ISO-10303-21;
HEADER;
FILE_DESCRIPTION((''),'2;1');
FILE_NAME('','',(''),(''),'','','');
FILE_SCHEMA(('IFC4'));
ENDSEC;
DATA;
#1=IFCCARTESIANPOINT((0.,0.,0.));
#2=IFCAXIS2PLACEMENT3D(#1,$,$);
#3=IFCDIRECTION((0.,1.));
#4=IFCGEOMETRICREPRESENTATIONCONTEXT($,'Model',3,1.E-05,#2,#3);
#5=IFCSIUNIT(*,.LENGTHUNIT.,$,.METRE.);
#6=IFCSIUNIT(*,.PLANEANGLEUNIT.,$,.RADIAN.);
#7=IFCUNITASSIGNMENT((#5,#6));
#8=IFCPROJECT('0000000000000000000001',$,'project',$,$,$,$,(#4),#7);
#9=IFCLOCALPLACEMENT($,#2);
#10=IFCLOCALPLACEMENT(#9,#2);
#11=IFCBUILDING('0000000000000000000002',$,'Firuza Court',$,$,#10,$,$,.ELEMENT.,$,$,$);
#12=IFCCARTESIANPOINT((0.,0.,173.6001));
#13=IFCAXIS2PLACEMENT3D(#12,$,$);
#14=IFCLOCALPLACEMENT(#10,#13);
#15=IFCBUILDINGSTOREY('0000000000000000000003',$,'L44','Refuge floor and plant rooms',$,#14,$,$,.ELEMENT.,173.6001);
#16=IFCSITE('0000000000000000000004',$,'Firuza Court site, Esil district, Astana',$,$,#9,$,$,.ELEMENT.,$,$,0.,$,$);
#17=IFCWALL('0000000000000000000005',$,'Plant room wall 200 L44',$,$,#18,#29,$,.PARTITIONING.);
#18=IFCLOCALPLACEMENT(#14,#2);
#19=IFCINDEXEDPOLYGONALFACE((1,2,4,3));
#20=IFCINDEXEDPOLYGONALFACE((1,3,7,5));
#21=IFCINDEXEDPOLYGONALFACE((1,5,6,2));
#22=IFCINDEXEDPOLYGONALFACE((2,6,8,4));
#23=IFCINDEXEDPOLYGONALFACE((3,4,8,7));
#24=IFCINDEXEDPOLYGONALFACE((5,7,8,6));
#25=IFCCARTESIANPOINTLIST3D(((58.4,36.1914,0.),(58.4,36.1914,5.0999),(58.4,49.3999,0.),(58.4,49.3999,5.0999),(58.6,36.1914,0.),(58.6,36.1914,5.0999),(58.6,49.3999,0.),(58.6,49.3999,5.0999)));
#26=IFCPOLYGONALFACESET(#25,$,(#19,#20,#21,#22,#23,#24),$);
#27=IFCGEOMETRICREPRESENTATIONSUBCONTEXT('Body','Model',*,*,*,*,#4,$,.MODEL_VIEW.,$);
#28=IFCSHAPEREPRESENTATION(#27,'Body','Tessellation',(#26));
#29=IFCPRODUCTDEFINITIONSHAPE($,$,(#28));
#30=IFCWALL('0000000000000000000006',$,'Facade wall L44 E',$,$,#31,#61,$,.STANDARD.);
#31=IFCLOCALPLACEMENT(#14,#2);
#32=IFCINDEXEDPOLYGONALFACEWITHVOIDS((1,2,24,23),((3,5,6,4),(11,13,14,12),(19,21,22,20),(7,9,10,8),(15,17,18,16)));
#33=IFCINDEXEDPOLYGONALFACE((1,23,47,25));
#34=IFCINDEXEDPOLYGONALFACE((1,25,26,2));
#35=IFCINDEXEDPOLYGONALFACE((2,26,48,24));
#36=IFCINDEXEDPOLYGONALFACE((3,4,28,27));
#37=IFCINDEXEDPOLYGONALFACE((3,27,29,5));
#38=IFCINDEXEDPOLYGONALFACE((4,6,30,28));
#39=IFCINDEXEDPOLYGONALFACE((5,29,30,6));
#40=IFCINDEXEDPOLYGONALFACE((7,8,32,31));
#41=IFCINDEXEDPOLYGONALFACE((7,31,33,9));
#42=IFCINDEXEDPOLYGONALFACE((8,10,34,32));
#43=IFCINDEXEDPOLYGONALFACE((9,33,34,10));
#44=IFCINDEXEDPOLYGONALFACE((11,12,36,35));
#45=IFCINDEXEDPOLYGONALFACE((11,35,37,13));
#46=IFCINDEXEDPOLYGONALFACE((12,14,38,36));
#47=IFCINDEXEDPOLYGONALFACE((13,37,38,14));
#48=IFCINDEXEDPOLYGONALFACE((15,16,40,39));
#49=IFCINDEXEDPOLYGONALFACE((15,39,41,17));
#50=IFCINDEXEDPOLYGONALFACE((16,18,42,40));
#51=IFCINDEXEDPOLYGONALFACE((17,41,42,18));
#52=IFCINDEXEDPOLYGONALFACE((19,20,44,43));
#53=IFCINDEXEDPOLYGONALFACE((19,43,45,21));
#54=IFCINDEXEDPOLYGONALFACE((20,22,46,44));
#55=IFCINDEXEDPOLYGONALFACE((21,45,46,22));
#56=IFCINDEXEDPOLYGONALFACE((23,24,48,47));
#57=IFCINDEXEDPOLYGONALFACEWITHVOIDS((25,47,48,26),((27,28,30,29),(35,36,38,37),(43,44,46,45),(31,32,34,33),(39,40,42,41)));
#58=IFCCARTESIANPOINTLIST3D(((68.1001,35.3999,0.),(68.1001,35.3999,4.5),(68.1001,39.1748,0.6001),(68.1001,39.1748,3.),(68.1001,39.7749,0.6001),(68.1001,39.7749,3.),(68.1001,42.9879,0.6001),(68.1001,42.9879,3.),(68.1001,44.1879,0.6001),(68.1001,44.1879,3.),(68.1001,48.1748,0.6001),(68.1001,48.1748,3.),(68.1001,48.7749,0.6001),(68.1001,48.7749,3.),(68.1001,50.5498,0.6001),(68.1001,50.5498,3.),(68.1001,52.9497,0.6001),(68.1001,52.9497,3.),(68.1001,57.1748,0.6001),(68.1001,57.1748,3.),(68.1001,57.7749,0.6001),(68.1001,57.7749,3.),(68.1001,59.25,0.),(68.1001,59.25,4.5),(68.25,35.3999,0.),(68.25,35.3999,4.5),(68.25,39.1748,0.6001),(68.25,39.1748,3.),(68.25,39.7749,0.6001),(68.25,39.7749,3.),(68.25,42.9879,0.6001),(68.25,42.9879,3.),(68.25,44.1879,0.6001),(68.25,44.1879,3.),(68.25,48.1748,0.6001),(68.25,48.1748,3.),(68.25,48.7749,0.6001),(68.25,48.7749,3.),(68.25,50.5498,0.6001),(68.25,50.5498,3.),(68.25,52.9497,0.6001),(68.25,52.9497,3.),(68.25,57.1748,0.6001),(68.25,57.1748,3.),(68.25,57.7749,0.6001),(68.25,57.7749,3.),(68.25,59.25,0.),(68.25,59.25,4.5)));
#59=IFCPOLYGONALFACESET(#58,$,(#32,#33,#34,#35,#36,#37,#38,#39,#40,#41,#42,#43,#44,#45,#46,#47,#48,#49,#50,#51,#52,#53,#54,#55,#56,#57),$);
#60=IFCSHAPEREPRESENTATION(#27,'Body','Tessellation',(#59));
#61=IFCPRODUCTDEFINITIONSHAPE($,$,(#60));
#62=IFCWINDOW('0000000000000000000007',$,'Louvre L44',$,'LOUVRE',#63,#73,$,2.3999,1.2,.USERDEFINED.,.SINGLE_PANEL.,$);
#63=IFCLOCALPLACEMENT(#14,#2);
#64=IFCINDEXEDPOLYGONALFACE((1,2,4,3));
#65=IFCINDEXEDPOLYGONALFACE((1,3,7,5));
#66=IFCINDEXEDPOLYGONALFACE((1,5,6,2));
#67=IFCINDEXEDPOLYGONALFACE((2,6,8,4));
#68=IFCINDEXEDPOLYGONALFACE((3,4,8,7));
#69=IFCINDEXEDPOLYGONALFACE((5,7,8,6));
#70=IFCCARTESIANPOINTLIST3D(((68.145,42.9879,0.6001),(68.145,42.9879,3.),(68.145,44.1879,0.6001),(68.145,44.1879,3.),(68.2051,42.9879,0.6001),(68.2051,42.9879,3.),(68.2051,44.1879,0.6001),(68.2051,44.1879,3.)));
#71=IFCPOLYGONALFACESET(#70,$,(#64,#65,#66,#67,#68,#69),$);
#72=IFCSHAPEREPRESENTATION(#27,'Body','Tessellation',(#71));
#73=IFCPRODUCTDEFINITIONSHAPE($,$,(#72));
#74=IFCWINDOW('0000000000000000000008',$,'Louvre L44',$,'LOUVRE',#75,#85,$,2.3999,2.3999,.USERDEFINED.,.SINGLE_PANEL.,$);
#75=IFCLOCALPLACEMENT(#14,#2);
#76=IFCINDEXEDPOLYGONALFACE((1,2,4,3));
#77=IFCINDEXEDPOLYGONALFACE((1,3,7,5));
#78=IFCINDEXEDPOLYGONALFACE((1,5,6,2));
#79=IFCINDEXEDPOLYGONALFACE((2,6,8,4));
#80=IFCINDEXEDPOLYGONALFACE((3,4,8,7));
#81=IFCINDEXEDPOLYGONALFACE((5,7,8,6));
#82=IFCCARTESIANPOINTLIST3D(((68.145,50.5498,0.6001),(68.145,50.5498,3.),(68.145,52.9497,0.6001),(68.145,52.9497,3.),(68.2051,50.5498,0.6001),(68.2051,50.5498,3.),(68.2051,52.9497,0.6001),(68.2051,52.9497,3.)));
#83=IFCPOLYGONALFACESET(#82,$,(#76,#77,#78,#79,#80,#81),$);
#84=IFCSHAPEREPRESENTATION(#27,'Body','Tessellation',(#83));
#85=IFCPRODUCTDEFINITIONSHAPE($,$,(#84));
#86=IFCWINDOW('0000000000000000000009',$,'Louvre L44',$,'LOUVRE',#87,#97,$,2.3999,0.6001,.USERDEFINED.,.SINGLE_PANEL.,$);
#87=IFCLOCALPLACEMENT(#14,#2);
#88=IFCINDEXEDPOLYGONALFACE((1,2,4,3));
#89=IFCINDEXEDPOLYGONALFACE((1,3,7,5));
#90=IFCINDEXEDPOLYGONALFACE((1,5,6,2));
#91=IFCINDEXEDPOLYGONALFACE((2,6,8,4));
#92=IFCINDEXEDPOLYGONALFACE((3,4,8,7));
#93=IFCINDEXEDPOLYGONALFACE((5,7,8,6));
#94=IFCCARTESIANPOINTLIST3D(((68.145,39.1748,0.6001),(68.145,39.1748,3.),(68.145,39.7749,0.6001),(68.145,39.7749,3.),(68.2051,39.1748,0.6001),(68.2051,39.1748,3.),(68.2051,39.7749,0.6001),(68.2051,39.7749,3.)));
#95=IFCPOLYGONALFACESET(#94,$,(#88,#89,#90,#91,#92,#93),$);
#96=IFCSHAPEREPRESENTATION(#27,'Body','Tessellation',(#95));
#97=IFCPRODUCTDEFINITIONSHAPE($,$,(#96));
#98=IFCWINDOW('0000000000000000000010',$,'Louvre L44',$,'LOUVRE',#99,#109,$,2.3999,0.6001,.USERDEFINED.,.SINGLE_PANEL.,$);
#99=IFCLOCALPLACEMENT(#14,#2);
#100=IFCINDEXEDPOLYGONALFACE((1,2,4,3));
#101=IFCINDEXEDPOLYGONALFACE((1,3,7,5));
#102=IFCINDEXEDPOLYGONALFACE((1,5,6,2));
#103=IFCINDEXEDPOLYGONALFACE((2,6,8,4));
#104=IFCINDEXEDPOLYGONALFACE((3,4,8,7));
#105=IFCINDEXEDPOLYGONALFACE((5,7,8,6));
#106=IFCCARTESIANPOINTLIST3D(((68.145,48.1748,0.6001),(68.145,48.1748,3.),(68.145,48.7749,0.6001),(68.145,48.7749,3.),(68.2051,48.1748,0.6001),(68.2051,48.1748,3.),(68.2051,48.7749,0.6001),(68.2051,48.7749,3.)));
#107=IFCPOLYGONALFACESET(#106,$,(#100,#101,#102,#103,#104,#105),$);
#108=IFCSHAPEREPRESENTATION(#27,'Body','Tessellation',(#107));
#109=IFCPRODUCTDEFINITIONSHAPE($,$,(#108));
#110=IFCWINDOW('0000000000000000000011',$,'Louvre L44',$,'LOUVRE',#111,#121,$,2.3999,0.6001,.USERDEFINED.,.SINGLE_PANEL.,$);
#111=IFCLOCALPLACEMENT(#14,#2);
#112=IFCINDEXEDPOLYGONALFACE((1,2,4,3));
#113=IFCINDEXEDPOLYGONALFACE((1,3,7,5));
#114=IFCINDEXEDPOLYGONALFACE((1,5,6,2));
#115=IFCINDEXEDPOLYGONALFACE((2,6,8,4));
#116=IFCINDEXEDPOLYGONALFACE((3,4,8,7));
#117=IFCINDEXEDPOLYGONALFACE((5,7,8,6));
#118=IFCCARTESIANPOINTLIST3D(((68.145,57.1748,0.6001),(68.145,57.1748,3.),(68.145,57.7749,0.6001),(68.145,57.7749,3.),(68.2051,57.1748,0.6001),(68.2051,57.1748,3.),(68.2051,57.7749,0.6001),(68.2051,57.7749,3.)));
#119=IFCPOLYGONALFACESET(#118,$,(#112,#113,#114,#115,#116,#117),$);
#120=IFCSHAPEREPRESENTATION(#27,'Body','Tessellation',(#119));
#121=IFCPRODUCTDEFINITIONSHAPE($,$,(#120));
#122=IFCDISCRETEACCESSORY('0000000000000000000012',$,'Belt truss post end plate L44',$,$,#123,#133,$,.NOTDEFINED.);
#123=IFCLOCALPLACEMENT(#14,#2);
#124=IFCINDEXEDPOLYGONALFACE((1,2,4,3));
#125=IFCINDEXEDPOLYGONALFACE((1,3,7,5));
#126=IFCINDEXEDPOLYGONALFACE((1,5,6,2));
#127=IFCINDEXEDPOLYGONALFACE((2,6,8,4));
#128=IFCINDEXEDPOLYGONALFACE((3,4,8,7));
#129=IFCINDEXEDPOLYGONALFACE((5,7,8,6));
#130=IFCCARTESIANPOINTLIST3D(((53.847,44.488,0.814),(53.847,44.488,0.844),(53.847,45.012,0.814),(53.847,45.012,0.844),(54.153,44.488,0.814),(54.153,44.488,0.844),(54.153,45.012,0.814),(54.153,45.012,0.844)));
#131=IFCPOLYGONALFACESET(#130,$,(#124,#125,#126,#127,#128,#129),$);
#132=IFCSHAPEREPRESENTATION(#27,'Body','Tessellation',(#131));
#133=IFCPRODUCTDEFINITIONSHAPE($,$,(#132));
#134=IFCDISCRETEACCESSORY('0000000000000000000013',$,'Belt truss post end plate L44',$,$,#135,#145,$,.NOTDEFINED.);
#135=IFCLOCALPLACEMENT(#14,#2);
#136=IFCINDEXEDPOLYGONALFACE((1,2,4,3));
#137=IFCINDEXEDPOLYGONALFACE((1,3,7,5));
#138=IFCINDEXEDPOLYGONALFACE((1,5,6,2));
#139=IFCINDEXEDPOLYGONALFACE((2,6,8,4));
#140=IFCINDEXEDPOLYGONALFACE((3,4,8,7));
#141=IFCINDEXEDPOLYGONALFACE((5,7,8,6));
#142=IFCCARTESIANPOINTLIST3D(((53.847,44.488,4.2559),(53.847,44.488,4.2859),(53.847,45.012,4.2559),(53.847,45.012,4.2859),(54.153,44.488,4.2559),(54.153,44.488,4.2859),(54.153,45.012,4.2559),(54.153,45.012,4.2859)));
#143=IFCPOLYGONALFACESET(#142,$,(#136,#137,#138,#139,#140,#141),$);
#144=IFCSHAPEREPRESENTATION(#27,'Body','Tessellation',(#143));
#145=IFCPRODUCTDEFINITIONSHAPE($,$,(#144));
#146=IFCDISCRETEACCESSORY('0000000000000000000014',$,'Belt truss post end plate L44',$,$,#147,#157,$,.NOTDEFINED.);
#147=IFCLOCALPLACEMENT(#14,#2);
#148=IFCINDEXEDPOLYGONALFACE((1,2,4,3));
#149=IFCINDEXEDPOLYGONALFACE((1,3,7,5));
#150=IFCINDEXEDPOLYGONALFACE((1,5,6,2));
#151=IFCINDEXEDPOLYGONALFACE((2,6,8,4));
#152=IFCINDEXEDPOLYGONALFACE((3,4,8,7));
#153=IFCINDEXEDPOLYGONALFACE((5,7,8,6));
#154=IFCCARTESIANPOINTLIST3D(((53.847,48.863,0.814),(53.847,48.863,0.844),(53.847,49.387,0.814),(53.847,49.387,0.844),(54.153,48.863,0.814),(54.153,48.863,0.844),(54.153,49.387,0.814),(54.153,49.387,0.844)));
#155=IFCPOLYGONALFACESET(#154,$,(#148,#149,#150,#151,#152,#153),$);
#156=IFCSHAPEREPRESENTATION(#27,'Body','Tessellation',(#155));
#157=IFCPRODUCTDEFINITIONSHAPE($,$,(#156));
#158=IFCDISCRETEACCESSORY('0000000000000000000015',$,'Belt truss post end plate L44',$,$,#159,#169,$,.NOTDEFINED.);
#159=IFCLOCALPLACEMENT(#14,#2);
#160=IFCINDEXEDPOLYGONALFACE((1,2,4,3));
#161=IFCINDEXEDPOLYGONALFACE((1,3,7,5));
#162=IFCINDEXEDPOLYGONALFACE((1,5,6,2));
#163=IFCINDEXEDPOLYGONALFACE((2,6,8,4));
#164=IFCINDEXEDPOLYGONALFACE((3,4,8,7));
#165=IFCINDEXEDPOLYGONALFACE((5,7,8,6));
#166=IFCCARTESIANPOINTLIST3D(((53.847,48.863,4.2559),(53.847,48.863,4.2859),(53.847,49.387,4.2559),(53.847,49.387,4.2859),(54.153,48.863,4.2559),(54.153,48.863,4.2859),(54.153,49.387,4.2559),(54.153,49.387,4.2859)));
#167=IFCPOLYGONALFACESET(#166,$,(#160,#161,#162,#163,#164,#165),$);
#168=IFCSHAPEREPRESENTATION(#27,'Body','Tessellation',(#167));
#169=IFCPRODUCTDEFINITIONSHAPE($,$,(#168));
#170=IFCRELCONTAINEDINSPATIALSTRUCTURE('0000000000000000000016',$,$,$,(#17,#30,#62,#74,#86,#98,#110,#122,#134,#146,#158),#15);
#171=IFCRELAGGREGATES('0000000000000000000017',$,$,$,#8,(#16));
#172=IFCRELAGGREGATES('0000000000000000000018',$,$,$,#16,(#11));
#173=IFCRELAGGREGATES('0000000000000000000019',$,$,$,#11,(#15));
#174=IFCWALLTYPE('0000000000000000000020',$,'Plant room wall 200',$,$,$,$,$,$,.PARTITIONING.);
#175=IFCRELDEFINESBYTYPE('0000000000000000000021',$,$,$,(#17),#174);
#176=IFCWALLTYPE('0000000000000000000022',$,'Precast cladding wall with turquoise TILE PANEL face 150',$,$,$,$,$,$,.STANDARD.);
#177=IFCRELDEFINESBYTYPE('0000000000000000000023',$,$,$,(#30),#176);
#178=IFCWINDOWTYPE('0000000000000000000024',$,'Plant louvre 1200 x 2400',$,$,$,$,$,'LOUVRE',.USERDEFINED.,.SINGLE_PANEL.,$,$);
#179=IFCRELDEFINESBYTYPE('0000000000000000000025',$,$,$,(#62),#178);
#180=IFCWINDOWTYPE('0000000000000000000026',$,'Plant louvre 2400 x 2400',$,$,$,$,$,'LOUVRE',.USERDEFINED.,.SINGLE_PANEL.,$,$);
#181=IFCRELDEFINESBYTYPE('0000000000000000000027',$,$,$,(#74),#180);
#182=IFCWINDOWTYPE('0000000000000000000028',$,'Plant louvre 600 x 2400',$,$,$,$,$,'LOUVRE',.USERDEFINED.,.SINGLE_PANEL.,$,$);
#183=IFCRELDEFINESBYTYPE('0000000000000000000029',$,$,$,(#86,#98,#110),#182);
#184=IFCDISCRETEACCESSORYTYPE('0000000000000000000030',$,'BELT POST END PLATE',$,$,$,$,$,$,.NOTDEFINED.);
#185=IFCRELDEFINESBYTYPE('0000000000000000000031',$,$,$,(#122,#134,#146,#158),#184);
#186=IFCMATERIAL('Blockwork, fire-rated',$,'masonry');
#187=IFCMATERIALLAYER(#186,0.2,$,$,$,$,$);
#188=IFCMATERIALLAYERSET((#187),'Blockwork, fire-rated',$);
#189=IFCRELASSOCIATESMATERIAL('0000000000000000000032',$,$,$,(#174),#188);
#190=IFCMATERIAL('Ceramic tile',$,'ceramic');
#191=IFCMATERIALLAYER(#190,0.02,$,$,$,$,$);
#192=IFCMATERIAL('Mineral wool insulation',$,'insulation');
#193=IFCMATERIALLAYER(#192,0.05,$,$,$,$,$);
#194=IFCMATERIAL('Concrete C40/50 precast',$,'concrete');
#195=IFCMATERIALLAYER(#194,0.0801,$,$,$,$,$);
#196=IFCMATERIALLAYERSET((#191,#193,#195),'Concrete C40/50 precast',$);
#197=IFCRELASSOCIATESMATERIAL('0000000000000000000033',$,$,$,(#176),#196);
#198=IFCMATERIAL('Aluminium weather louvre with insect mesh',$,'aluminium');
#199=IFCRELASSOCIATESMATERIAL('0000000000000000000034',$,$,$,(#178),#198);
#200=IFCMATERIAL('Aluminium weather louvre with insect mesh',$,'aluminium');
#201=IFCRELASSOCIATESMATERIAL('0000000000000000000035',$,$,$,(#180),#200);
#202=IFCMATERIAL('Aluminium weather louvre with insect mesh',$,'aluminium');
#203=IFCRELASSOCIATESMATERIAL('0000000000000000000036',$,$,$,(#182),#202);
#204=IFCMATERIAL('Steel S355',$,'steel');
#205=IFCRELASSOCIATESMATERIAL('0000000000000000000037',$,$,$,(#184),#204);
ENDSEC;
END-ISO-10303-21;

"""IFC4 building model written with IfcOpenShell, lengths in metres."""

from ifc_helpers import new_model, si_unit, direction, frame, frame_2d, origin, origin_2d, place, context, subcontext, project, spatial, rectangle, extrude, material, layer, layer_set, material_profile, profile_set, type_object, element, fill, save


model = new_model("IFC4")

# Units and contexts
model_context = context("Model", 3, precision=1e-05, world=origin(), true_north=direction((0.0, 1.0)))
body_context = subcontext(model_context, "Body", "Model", "MODEL_VIEW")
ifc_project = project(units=[si_unit("LENGTHUNIT", "METRE"), si_unit("PLANEANGLEUNIT", "RADIAN")], contexts=[model_context])

# Site, building, storey
site_placement = place(None, origin())
site = spatial("IfcSite", under=ifc_project, at=site_placement, Name="Firuza Court site, Esil district, Astana", CompositionType="ELEMENT", RefElevation=0.0)
building_placement = place(site_placement, origin())
building = spatial("IfcBuilding", under=site, at=building_placement, Name="Firuza Court", CompositionType="ELEMENT")
storey_placement = place(building_placement, frame((0.0, 0.0, 173.6001)))
storey = spatial("IfcBuildingStorey", under=building, at=storey_placement, Name="L44", Description="Refuge floor and plant rooms", CompositionType="ELEMENT", Elevation=173.6001)

# Wall
ifc_material_1 = material(Name="Blockwork, fire-rated", Category="masonry")
ifc_layer_1 = layer(ifc_material_1, 0.2)
ifc_layer_set_1 = layer_set([ifc_layer_1], Name="Blockwork, fire-rated")
wall_type_1 = type_object("IfcWallType", Name="Plant room wall 200", PredefinedType="PARTITIONING", material=ifc_layer_set_1)
wall_1_placement = place(storey_placement, frame((58.5, 49.3999, 0.0), z_axis=(0.0, 0.0, 1.0), x_axis=(0.0, -1.0, 0.0)))
element("IfcWall", 1, at=wall_1_placement, inside=storey, type_object=wall_type_1, Name="Plant room wall 200 L44", PredefinedType="PARTITIONING", context=body_context, shape_type="SweptSolid", body=[
    extrude(rectangle(XDim=13.2085, YDim=0.2, at=frame_2d((6.6042, 0.0))), origin(), (0.0, 0.0, 1.0), 5.0999),
])

# Wall, openings, windows
ifc_material_2 = material(Name="Ceramic tile", Category="ceramic")
ifc_layer_2 = layer(ifc_material_2, 0.02)
ifc_material_3 = material(Name="Mineral wool insulation", Category="insulation")
ifc_layer_3 = layer(ifc_material_3, 0.05)
ifc_material_4 = material(Name="Concrete C40/50 precast", Category="concrete")
ifc_layer_4 = layer(ifc_material_4, 0.0801)
ifc_layer_set_2 = layer_set([ifc_layer_2, ifc_layer_3, ifc_layer_4], Name="Concrete C40/50 precast")
wall_type_2 = type_object("IfcWallType", Name="Precast cladding wall with turquoise TILE PANEL face 150", PredefinedType="STANDARD", material=ifc_layer_set_2)
wall_2_placement = place(storey_placement, frame((68.175, 35.3999, 0.0), z_axis=(0.0, 0.0, 1.0), x_axis=(0.0, 1.0, 0.0)))
wall_2 = element("IfcWall", 2, at=wall_2_placement, inside=storey, type_object=wall_type_2, Name="Facade wall L44 E", PredefinedType="STANDARD", context=body_context, shape_type="SweptSolid", body=[
    extrude(rectangle(XDim=23.8501, YDim=0.1499, at=frame_2d((11.925, 0.0))), origin(), (0.0, 0.0, 1.0), 4.5),
])
opening_1_placement = place(wall_2_placement, frame((3.7749, 0.0, 0.6001)))
opening_1 = element("IfcOpeningElement", 3, at=opening_1_placement, cuts=wall_2, PredefinedType="OPENING", context=body_context, shape_type="SweptSolid", body=[
    extrude(rectangle(XDim=0.6001, YDim=2.3999, at=frame_2d((0.3, 1.2))), frame((0.0, 0.0869, 0.0), z_axis=(0.0, -1.0, 0.0), x_axis=(1.0, 0.0, 0.0)), (0.0, 0.0, 1.0), 0.1738),
])
opening_2_placement = place(wall_2_placement, frame((7.5879, 0.0, 0.6001)))
opening_2 = element("IfcOpeningElement", 4, at=opening_2_placement, cuts=wall_2, PredefinedType="OPENING", context=body_context, shape_type="SweptSolid", body=[
    extrude(rectangle(XDim=1.2, YDim=2.3999, at=frame_2d((0.6001, 1.2))), frame((0.0, 0.0869, 0.0), z_axis=(0.0, -1.0, 0.0), x_axis=(1.0, 0.0, 0.0)), (0.0, 0.0, 1.0), 0.1738),
])
opening_3_placement = place(wall_2_placement, frame((12.7749, 0.0, 0.6001)))
opening_3 = element("IfcOpeningElement", 5, at=opening_3_placement, cuts=wall_2, PredefinedType="OPENING", context=body_context, shape_type="SweptSolid", body=[
    extrude(rectangle(XDim=0.6001, YDim=2.3999, at=frame_2d((0.3, 1.2))), frame((0.0, 0.0869, 0.0), z_axis=(0.0, -1.0, 0.0), x_axis=(1.0, 0.0, 0.0)), (0.0, 0.0, 1.0), 0.1738),
])
opening_4_placement = place(wall_2_placement, frame((15.1499, 0.0, 0.6001)))
opening_4 = element("IfcOpeningElement", 6, at=opening_4_placement, cuts=wall_2, PredefinedType="OPENING", context=body_context, shape_type="SweptSolid", body=[
    extrude(rectangle(XDim=2.3999, YDim=2.3999, at=frame_2d((1.2, 1.2))), frame((0.0, 0.0869, 0.0), z_axis=(0.0, -1.0, 0.0), x_axis=(1.0, 0.0, 0.0)), (0.0, 0.0, 1.0), 0.1738),
])
opening_5_placement = place(wall_2_placement, frame((21.7749, 0.0, 0.6001)))
opening_5 = element("IfcOpeningElement", 7, at=opening_5_placement, cuts=wall_2, PredefinedType="OPENING", context=body_context, shape_type="SweptSolid", body=[
    extrude(rectangle(XDim=0.6001, YDim=2.3999, at=frame_2d((0.3, 1.2))), frame((0.0, 0.0869, 0.0), z_axis=(0.0, -1.0, 0.0), x_axis=(1.0, 0.0, 0.0)), (0.0, 0.0, 1.0), 0.1738),
])
ifc_material_5 = material(Name="Aluminium weather louvre with insect mesh", Category="aluminium")
window_type_1 = type_object("IfcWindowType", Name="Plant louvre 1200 x 2400", ElementType="LOUVRE", PartitioningType="SINGLE_PANEL", PredefinedType="USERDEFINED", material=ifc_material_5)
window_1_placement = place(opening_2_placement, origin())
window_1 = element("IfcWindow", 8, at=window_1_placement, inside=storey, type_object=window_type_1, Name="Louvre L44", ObjectType="LOUVRE", OverallHeight=2.3999, OverallWidth=1.2, PartitioningType="SINGLE_PANEL", PredefinedType="USERDEFINED", context=body_context, shape_type="SweptSolid", body=[
    extrude(rectangle(XDim=1.2, YDim=2.3999, at=frame_2d((0.6001, 1.2))), frame((0.0, 0.03, 0.0), z_axis=(0.0, -1.0, 0.0), x_axis=(1.0, 0.0, 0.0)), (0.0, 0.0, 1.0), 0.0601),
])
fill(opening_2, window_1)
ifc_material_6 = material(Name="Aluminium weather louvre with insect mesh", Category="aluminium")
window_type_2 = type_object("IfcWindowType", Name="Plant louvre 2400 x 2400", ElementType="LOUVRE", PartitioningType="SINGLE_PANEL", PredefinedType="USERDEFINED", material=ifc_material_6)
window_2_placement = place(opening_4_placement, origin())
window_2 = element("IfcWindow", 9, at=window_2_placement, inside=storey, type_object=window_type_2, Name="Louvre L44", ObjectType="LOUVRE", OverallHeight=2.3999, OverallWidth=2.3999, PartitioningType="SINGLE_PANEL", PredefinedType="USERDEFINED", context=body_context, shape_type="SweptSolid", body=[
    extrude(rectangle(XDim=2.3999, YDim=2.3999, at=frame_2d((1.2, 1.2))), frame((0.0, 0.03, 0.0), z_axis=(0.0, -1.0, 0.0), x_axis=(1.0, 0.0, 0.0)), (0.0, 0.0, 1.0), 0.0601),
])
fill(opening_4, window_2)
ifc_material_7 = material(Name="Aluminium weather louvre with insect mesh", Category="aluminium")
window_type_3 = type_object("IfcWindowType", Name="Plant louvre 600 x 2400", ElementType="LOUVRE", PartitioningType="SINGLE_PANEL", PredefinedType="USERDEFINED", material=ifc_material_7)
window_3_placement = place(opening_1_placement, origin())
window_3 = element("IfcWindow", 10, at=window_3_placement, inside=storey, type_object=window_type_3, Name="Louvre L44", ObjectType="LOUVRE", OverallHeight=2.3999, OverallWidth=0.6001, PartitioningType="SINGLE_PANEL", PredefinedType="USERDEFINED", context=body_context, shape_type="SweptSolid", body=[
    extrude(rectangle(XDim=0.6001, YDim=2.3999, at=frame_2d((0.3, 1.2))), frame((0.0, 0.03, 0.0), z_axis=(0.0, -1.0, 0.0), x_axis=(1.0, 0.0, 0.0)), (0.0, 0.0, 1.0), 0.0601),
])
fill(opening_1, window_3)
window_4_placement = place(opening_3_placement, origin())
window_4 = element("IfcWindow", 11, at=window_4_placement, inside=storey, type_object=window_type_3, Name="Louvre L44", ObjectType="LOUVRE", OverallHeight=2.3999, OverallWidth=0.6001, PartitioningType="SINGLE_PANEL", PredefinedType="USERDEFINED", context=body_context, shape_type="SweptSolid", body=[
    extrude(rectangle(XDim=0.6001, YDim=2.3999, at=frame_2d((0.3, 1.2))), frame((0.0, 0.03, 0.0), z_axis=(0.0, -1.0, 0.0), x_axis=(1.0, 0.0, 0.0)), (0.0, 0.0, 1.0), 0.0601),
])
fill(opening_3, window_4)
window_5_placement = place(opening_5_placement, origin())
window_5 = element("IfcWindow", 12, at=window_5_placement, inside=storey, type_object=window_type_3, Name="Louvre L44", ObjectType="LOUVRE", OverallHeight=2.3999, OverallWidth=0.6001, PartitioningType="SINGLE_PANEL", PredefinedType="USERDEFINED", context=body_context, shape_type="SweptSolid", body=[
    extrude(rectangle(XDim=0.6001, YDim=2.3999, at=frame_2d((0.3, 1.2))), frame((0.0, 0.03, 0.0), z_axis=(0.0, -1.0, 0.0), x_axis=(1.0, 0.0, 0.0)), (0.0, 0.0, 1.0), 0.0601),
])
fill(opening_5, window_5)

# Discrete accessories
ifc_material_8 = material(Name="Steel S355", Category="steel")
ifc_material_profile_1 = material_profile(ifc_material_8, rectangle(XDim=0.3059, YDim=0.5239, at=origin_2d()), Name="PL 306X524")
ifc_profile_set_1 = profile_set([ifc_material_profile_1], Name="Steel S355")
discrete_accessory_type = type_object("IfcDiscreteAccessoryType", Name="BELT POST END PLATE", PredefinedType="NOTDEFINED", material=ifc_profile_set_1)
for number, where, z_axis, x_axis, name in (
    (13, (54.0, 44.75, 0.814), (0.0, 0.0, 1.0), (1.0, 0.0, 0.0), "Belt truss post end plate L44"),
    (14, (54.0, 44.75, 4.2559), (0.0, 0.0, 1.0), (1.0, 0.0, 0.0), "Belt truss post end plate L44"),
    (15, (54.0, 49.125, 0.814), (0.0, 0.0, 1.0), (1.0, 0.0, 0.0), "Belt truss post end plate L44"),
    (16, (54.0, 49.125, 4.2559), (0.0, 0.0, 1.0), (1.0, 0.0, 0.0), "Belt truss post end plate L44"),
):
    element("IfcDiscreteAccessory", number, at=place(storey_placement, frame(where, z_axis=z_axis, x_axis=x_axis)), inside=storey, type_object=discrete_accessory_type, Name=name, PredefinedType="NOTDEFINED", context=body_context, shape_type="SweptSolid", body=[
        extrude(rectangle(XDim=0.3059, YDim=0.5239, at=origin_2d()), origin(), (0.0, 0.0, 1.0), 0.03),
    ])

save(model, "model.ifc")
